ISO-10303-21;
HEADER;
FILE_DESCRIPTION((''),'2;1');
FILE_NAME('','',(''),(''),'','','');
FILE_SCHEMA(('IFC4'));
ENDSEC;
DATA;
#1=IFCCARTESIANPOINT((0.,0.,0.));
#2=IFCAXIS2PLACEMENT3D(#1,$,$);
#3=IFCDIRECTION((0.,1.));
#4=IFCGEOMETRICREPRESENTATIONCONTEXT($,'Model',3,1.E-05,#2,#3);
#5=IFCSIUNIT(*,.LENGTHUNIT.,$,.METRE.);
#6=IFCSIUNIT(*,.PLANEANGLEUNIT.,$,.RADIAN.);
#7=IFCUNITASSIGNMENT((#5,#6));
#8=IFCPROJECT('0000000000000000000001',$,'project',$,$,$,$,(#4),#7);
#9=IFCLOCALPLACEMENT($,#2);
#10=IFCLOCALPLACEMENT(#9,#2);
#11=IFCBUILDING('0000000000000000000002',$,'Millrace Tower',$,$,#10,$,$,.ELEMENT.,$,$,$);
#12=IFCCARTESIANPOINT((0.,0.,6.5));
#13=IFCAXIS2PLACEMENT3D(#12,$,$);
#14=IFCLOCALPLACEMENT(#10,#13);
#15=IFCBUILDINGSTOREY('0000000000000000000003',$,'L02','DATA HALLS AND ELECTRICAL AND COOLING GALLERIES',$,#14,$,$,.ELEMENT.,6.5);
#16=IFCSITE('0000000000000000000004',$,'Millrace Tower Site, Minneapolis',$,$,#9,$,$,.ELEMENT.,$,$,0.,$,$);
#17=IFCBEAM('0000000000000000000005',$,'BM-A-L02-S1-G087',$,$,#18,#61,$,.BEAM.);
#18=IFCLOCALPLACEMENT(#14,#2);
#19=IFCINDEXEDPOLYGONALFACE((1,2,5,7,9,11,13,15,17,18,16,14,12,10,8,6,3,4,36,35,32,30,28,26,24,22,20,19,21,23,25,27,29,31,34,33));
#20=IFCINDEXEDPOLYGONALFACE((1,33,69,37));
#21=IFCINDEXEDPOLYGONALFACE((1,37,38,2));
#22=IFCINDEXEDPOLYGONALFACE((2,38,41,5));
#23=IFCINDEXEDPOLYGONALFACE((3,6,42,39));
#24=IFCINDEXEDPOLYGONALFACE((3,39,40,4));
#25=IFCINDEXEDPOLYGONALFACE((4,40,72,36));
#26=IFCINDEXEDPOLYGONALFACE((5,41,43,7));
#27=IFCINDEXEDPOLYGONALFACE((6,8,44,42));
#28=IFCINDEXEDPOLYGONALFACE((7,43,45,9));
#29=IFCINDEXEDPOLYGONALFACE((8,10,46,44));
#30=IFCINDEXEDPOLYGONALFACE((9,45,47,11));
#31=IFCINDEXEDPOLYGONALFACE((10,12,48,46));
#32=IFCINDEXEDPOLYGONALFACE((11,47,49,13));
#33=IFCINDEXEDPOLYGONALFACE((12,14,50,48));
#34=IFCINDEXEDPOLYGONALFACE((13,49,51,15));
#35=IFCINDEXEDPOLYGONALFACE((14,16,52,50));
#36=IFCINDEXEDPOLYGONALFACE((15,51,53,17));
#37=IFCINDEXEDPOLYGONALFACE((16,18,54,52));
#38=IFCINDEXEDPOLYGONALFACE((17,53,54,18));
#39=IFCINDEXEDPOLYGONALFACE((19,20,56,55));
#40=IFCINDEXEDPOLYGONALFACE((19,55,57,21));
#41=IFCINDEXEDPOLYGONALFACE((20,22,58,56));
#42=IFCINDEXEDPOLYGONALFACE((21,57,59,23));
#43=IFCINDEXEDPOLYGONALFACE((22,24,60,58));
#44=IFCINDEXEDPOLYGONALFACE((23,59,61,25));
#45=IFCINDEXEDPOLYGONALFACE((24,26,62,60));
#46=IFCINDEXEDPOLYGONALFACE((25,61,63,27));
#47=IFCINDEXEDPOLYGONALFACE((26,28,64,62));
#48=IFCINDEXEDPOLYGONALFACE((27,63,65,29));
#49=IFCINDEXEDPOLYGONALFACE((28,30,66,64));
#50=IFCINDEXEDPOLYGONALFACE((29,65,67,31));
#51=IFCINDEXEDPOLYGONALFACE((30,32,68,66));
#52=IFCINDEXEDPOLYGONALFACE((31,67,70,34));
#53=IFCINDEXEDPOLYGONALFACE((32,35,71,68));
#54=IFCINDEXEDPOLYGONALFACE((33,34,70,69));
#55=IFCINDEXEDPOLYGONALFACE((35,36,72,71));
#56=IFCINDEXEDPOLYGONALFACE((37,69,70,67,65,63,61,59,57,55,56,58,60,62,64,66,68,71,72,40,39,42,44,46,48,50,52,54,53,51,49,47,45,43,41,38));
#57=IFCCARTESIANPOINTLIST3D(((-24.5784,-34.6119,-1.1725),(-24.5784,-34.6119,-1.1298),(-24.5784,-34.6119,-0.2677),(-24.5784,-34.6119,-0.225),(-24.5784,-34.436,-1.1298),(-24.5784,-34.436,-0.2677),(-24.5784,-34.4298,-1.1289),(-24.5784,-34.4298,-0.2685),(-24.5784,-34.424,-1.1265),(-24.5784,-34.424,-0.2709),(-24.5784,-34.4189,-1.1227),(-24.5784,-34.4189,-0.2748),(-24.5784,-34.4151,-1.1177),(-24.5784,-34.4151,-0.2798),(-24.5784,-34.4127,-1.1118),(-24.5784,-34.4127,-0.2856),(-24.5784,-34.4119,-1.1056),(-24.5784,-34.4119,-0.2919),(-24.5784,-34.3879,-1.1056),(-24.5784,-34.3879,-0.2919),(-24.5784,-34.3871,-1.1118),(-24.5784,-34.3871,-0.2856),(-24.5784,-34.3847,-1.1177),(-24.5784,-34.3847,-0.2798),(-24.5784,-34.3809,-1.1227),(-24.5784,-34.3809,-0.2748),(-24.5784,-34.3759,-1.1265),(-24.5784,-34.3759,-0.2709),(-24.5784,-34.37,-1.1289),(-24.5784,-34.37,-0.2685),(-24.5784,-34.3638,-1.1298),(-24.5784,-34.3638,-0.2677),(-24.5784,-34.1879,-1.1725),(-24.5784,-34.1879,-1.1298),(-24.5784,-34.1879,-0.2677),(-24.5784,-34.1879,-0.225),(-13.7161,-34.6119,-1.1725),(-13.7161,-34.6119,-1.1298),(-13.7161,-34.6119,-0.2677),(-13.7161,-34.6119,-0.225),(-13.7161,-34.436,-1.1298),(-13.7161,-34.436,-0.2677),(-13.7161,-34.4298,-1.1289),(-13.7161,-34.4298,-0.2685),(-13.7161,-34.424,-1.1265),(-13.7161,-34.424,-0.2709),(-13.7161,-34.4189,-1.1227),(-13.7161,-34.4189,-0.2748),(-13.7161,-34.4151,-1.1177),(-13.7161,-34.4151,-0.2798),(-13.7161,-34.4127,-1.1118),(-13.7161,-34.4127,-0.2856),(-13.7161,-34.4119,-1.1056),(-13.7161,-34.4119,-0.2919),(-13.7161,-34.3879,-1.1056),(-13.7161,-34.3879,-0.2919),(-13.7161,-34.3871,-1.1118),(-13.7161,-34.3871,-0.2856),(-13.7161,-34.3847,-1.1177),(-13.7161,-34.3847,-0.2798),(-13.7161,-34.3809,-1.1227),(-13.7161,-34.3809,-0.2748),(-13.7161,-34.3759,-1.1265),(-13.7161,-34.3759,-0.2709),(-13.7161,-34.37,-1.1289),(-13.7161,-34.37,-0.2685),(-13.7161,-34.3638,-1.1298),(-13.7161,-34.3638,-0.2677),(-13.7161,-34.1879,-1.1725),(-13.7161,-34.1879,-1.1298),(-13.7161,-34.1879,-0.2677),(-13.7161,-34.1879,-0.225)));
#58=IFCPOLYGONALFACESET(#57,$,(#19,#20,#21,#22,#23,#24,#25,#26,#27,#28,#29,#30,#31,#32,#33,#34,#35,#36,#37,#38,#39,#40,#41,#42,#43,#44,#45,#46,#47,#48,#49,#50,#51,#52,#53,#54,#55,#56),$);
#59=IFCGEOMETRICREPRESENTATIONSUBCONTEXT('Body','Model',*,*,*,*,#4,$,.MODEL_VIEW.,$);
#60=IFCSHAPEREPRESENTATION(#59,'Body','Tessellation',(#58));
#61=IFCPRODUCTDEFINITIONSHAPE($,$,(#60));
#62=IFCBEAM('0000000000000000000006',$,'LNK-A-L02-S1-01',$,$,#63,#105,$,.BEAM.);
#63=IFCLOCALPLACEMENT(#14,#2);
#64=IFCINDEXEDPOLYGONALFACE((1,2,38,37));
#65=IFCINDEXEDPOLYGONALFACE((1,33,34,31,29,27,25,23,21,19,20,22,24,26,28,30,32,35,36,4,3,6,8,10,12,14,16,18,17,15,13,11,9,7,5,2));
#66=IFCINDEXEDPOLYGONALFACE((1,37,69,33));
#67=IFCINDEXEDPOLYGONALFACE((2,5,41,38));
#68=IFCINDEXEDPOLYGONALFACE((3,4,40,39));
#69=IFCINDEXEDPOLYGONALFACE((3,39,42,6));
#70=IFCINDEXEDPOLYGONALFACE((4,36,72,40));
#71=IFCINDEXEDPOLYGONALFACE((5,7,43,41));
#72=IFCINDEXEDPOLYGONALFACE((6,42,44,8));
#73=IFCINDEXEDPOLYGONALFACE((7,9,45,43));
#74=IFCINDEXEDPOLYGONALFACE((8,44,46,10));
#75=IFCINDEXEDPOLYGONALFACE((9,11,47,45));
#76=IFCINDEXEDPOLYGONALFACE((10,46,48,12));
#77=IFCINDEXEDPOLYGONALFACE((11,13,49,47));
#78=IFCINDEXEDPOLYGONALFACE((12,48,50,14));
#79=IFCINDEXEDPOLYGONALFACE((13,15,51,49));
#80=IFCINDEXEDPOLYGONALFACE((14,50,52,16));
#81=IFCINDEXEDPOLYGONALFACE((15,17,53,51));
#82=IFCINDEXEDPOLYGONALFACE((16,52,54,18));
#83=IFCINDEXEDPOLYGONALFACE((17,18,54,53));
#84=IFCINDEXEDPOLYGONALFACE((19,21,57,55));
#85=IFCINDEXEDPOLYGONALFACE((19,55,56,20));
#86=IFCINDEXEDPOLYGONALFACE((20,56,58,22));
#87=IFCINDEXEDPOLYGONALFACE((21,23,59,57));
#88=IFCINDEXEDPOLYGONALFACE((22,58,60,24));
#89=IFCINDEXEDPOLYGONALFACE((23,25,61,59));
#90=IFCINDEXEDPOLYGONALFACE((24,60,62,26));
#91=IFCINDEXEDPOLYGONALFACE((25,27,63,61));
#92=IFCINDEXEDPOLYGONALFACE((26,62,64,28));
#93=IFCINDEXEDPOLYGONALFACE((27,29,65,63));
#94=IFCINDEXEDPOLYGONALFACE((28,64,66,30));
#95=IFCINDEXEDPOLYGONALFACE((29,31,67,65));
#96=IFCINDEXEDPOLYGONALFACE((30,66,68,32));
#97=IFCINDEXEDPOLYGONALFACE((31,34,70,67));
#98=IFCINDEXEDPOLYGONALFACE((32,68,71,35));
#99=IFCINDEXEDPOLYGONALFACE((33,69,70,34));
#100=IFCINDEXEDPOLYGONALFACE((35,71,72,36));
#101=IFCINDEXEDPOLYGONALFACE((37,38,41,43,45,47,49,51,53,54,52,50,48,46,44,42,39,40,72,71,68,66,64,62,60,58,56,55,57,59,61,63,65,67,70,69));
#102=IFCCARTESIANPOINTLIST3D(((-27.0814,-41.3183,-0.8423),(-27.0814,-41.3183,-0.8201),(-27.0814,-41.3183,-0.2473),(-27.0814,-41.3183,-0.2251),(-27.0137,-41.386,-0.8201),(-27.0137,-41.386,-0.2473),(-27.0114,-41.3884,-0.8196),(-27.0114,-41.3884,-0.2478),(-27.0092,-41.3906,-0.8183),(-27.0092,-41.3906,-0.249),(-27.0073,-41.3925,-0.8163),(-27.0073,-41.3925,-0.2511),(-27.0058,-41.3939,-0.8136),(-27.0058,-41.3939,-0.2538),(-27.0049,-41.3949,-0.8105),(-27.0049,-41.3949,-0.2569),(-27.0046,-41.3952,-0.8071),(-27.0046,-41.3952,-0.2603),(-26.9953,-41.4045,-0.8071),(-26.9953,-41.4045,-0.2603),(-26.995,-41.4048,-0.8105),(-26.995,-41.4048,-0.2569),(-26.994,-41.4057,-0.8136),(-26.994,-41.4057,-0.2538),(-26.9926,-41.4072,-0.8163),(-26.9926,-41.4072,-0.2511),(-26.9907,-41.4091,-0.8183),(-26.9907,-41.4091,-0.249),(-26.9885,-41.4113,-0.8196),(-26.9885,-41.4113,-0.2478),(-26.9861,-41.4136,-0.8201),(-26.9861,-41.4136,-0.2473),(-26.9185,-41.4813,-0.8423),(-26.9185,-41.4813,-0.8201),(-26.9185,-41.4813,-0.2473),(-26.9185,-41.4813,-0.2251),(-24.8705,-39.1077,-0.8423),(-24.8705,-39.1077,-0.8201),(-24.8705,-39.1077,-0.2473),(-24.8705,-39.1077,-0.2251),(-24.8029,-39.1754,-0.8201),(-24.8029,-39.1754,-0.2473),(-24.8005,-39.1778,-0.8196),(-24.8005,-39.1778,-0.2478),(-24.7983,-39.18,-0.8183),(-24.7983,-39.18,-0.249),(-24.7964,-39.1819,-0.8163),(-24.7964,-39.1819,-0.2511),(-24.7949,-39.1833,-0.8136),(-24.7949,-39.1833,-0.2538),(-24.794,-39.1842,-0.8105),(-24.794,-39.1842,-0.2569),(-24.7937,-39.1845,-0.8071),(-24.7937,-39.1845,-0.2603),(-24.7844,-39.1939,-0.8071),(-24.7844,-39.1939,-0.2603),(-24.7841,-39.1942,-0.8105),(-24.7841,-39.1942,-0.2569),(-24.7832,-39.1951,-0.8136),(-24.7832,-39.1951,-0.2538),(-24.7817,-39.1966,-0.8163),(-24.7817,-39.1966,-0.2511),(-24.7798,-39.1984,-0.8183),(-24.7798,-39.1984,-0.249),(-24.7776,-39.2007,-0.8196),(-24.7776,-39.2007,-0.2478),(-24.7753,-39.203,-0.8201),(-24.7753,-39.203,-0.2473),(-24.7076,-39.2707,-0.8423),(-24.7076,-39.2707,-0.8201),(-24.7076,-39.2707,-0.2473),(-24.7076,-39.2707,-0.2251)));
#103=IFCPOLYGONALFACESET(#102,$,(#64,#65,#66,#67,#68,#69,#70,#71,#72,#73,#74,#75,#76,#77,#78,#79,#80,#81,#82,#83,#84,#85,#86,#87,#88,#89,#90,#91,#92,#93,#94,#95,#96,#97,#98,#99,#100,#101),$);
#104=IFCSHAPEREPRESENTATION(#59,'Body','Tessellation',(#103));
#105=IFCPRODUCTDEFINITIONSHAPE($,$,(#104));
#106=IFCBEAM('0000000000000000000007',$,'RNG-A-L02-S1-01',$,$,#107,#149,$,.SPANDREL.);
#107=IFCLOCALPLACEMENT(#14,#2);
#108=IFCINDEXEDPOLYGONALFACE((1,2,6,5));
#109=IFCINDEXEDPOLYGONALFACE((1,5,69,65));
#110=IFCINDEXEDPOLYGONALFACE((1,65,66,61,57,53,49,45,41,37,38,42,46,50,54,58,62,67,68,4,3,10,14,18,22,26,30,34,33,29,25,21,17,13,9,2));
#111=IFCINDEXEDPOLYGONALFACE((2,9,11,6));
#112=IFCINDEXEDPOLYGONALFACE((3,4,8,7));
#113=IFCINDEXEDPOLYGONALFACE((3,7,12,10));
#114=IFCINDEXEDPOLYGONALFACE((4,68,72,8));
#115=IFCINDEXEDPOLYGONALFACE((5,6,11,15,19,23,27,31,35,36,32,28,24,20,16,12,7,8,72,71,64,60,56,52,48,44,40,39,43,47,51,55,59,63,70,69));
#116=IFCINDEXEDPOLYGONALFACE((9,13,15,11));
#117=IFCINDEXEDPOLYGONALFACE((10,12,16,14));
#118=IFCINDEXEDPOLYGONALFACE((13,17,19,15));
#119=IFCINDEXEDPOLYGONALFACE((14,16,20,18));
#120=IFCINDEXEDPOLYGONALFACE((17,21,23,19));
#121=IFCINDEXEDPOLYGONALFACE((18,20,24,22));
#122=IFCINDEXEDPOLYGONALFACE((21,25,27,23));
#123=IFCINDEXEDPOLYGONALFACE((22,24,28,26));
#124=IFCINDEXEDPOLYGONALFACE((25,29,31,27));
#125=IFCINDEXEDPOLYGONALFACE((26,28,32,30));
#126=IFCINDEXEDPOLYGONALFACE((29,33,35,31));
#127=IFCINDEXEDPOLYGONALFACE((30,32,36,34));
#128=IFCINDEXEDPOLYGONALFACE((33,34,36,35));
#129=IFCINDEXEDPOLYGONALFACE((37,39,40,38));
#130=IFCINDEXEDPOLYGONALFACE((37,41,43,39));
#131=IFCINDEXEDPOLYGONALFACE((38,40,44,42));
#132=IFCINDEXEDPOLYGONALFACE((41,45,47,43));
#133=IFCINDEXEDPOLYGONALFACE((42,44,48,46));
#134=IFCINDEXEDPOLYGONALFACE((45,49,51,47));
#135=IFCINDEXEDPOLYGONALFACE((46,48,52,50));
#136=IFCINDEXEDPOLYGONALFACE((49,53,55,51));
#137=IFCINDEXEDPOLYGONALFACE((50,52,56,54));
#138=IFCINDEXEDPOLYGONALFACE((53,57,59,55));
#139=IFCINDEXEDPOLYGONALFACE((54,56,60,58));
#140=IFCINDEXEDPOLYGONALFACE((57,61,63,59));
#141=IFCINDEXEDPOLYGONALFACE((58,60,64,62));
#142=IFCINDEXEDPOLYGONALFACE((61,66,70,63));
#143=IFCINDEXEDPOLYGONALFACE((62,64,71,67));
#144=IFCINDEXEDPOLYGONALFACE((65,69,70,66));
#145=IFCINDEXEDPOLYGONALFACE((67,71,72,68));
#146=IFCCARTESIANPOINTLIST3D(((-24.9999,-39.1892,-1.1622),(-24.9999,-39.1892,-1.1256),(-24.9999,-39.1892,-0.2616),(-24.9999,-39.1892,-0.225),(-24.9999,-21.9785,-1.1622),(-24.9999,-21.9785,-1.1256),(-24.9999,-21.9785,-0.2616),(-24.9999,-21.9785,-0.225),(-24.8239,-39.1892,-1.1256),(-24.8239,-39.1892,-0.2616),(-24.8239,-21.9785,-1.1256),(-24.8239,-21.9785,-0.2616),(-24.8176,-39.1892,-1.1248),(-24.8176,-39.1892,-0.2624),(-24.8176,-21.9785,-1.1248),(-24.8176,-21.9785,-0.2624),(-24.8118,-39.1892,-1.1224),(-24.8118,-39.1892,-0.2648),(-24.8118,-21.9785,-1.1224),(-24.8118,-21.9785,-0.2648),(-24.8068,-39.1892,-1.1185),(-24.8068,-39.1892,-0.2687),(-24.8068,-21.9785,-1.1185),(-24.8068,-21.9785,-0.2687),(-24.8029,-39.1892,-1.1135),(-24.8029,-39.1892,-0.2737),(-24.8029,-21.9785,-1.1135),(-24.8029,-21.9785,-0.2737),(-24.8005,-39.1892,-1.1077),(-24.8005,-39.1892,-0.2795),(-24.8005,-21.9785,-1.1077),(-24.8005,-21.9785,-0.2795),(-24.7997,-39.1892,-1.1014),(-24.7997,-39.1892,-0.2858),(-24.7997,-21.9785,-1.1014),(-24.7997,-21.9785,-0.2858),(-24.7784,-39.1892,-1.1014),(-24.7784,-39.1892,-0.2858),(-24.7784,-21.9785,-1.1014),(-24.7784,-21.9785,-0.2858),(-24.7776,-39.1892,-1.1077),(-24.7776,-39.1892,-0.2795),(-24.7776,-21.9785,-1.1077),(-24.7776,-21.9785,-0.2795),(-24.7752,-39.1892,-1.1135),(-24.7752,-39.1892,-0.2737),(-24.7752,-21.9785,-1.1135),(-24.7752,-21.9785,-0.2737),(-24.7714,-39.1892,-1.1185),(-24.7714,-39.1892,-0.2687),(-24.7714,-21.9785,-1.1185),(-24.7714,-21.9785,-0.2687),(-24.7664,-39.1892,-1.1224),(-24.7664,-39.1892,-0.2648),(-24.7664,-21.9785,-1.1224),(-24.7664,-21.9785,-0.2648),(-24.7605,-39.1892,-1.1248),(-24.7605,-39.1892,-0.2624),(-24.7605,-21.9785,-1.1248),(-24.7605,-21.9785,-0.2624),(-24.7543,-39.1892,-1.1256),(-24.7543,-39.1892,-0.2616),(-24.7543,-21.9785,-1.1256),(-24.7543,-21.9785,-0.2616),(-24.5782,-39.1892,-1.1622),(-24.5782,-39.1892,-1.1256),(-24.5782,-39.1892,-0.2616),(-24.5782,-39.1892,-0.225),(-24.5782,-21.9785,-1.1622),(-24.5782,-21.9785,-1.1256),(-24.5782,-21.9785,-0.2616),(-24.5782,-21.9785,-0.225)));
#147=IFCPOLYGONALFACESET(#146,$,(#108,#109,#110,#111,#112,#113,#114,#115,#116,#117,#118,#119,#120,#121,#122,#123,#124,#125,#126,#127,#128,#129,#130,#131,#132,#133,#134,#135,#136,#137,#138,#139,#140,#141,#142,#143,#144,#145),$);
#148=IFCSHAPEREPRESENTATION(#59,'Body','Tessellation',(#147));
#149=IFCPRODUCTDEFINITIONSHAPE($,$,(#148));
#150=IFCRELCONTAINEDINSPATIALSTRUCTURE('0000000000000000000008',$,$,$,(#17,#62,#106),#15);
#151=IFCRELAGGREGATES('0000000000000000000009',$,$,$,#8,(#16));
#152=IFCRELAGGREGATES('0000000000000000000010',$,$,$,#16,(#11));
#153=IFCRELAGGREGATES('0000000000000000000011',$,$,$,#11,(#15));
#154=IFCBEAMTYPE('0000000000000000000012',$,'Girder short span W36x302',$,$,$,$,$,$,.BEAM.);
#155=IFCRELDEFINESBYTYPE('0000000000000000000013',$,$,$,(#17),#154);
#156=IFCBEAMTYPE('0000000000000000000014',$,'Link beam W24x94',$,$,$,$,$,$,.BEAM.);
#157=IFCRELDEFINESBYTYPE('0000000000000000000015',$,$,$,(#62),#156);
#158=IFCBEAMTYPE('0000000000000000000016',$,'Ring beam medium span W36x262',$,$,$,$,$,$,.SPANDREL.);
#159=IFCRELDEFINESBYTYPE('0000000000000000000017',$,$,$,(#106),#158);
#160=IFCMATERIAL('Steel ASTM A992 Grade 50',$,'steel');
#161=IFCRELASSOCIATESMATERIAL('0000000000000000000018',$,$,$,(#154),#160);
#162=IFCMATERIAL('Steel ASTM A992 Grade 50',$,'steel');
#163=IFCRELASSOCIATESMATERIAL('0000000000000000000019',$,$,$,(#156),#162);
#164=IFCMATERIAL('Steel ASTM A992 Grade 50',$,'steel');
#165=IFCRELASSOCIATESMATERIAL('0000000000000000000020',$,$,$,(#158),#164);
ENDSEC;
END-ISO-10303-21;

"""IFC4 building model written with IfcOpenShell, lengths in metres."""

from ifc_helpers import new_model, si_unit, direction, frame, origin, origin_2d, place, context, subcontext, project, spatial, i_section, extrude, material, material_profile, profile_set, type_object, element, save


model = new_model("IFC4")

# Units and contexts
model_context = context("Model", 3, precision=1e-05, world=origin(), true_north=direction((0.0, 1.0)))
body_context = subcontext(model_context, "Body", "Model", "MODEL_VIEW")
ifc_project = project(units=[si_unit("LENGTHUNIT", "METRE"), si_unit("PLANEANGLEUNIT", "RADIAN")], contexts=[model_context])

# Site, building, storey
site_placement = place(None, origin())
site = spatial("IfcSite", under=ifc_project, at=site_placement, Name="Millrace Tower Site, Minneapolis", CompositionType="ELEMENT", RefElevation=0.0)
building_placement = place(site_placement, origin())
building = spatial("IfcBuilding", under=site, at=building_placement, Name="Millrace Tower", CompositionType="ELEMENT")
storey_placement = place(building_placement, frame((0.0, 0.0, 6.5)))
storey = spatial("IfcBuildingStorey", under=building, at=storey_placement, Name="L02", Description="DATA HALLS AND ELECTRICAL AND COOLING GALLERIES", CompositionType="ELEMENT", Elevation=6.5)

# Beams
ifc_material_1 = material(Name="Steel ASTM A992 Grade 50", Category="steel")
ifc_material_profile_1 = material_profile(ifc_material_1, i_section(OverallWidth=0.4241, OverallDepth=0.9475, WebThickness=0.0239, FlangeThickness=0.0427, FilletRadius=0.0242, at=origin_2d()))
ifc_profile_set_1 = profile_set([ifc_material_profile_1], Name="Steel ASTM A992 Grade 50")
beam_type_1 = type_object("IfcBeamType", Name="Girder short span W36x302", PredefinedType="BEAM", material=ifc_profile_set_1)
beam_1_placement = place(storey_placement, frame((-24.5784, -34.3999, -0.6987), z_axis=(1.0, 0.0, 0.0), x_axis=(0.0, 1.0, 0.0)))
element("IfcBeam", 1, at=beam_1_placement, inside=storey, type_object=beam_type_1, Name="BM-A-L02-S1-G087", PredefinedType="BEAM", context=body_context, shape_type="SweptSolid", body=[
    extrude(i_section(OverallWidth=0.4241, OverallDepth=0.9475, WebThickness=0.0239, FlangeThickness=0.0427, FilletRadius=0.0242, at=origin_2d()), origin(), (0.0, 0.0, 1.0), 10.8623),
])
ifc_material_2 = material(Name="Steel ASTM A992 Grade 50", Category="steel")
ifc_material_profile_2 = material_profile(ifc_material_2, i_section(OverallWidth=0.2305, OverallDepth=0.6172, WebThickness=0.0132, FlangeThickness=0.0222, FilletRadius=0.0129, at=origin_2d()))
ifc_profile_set_2 = profile_set([ifc_material_profile_2], Name="Steel ASTM A992 Grade 50")
beam_type_2 = type_object("IfcBeamType", Name="Link beam W24x94", PredefinedType="BEAM", material=ifc_profile_set_2)
beam_2_placement = place(storey_placement, frame((-24.7891, -39.1892, -0.5337), z_axis=(-0.707146, -0.707068, 0.0), x_axis=(0.707068, -0.707146, 0.0)))
element("IfcBeam", 2, at=beam_2_placement, inside=storey, type_object=beam_type_2, Name="LNK-A-L02-S1-01", PredefinedType="BEAM", context=body_context, shape_type="SweptSolid", body=[
    extrude(i_section(OverallWidth=0.2305, OverallDepth=0.6172, WebThickness=0.0132, FlangeThickness=0.0222, FilletRadius=0.0129, at=origin_2d()), origin(), (0.0, 0.0, 1.0), 3.1265),
])
ifc_material_3 = material(Name="Steel ASTM A992 Grade 50", Category="steel")
ifc_material_profile_3 = material_profile(ifc_material_3, i_section(OverallWidth=0.4216, OverallDepth=0.9373, WebThickness=0.0212, FlangeThickness=0.0366, FilletRadius=0.0242, at=origin_2d()))
ifc_profile_set_3 = profile_set([ifc_material_profile_3], Name="Steel ASTM A992 Grade 50")
beam_type_3 = type_object("IfcBeamType", Name="Ring beam medium span W36x262", PredefinedType="SPANDREL", material=ifc_profile_set_3)
beam_3_placement = place(storey_placement, frame((-24.7891, -39.1892, -0.6936), z_axis=(0.0, 1.0, 0.0), x_axis=(-1.0, 0.0, 0.0)))
element("IfcBeam", 3, at=beam_3_placement, inside=storey, type_object=beam_type_3, Name="RNG-A-L02-S1-01", PredefinedType="SPANDREL", context=body_context, shape_type="SweptSolid", body=[
    extrude(i_section(OverallWidth=0.4216, OverallDepth=0.9373, WebThickness=0.0212, FlangeThickness=0.0366, FilletRadius=0.0242, at=origin_2d()), origin(), (0.0, 0.0, 1.0), 17.2107),
])

save(model, "model.ifc")
